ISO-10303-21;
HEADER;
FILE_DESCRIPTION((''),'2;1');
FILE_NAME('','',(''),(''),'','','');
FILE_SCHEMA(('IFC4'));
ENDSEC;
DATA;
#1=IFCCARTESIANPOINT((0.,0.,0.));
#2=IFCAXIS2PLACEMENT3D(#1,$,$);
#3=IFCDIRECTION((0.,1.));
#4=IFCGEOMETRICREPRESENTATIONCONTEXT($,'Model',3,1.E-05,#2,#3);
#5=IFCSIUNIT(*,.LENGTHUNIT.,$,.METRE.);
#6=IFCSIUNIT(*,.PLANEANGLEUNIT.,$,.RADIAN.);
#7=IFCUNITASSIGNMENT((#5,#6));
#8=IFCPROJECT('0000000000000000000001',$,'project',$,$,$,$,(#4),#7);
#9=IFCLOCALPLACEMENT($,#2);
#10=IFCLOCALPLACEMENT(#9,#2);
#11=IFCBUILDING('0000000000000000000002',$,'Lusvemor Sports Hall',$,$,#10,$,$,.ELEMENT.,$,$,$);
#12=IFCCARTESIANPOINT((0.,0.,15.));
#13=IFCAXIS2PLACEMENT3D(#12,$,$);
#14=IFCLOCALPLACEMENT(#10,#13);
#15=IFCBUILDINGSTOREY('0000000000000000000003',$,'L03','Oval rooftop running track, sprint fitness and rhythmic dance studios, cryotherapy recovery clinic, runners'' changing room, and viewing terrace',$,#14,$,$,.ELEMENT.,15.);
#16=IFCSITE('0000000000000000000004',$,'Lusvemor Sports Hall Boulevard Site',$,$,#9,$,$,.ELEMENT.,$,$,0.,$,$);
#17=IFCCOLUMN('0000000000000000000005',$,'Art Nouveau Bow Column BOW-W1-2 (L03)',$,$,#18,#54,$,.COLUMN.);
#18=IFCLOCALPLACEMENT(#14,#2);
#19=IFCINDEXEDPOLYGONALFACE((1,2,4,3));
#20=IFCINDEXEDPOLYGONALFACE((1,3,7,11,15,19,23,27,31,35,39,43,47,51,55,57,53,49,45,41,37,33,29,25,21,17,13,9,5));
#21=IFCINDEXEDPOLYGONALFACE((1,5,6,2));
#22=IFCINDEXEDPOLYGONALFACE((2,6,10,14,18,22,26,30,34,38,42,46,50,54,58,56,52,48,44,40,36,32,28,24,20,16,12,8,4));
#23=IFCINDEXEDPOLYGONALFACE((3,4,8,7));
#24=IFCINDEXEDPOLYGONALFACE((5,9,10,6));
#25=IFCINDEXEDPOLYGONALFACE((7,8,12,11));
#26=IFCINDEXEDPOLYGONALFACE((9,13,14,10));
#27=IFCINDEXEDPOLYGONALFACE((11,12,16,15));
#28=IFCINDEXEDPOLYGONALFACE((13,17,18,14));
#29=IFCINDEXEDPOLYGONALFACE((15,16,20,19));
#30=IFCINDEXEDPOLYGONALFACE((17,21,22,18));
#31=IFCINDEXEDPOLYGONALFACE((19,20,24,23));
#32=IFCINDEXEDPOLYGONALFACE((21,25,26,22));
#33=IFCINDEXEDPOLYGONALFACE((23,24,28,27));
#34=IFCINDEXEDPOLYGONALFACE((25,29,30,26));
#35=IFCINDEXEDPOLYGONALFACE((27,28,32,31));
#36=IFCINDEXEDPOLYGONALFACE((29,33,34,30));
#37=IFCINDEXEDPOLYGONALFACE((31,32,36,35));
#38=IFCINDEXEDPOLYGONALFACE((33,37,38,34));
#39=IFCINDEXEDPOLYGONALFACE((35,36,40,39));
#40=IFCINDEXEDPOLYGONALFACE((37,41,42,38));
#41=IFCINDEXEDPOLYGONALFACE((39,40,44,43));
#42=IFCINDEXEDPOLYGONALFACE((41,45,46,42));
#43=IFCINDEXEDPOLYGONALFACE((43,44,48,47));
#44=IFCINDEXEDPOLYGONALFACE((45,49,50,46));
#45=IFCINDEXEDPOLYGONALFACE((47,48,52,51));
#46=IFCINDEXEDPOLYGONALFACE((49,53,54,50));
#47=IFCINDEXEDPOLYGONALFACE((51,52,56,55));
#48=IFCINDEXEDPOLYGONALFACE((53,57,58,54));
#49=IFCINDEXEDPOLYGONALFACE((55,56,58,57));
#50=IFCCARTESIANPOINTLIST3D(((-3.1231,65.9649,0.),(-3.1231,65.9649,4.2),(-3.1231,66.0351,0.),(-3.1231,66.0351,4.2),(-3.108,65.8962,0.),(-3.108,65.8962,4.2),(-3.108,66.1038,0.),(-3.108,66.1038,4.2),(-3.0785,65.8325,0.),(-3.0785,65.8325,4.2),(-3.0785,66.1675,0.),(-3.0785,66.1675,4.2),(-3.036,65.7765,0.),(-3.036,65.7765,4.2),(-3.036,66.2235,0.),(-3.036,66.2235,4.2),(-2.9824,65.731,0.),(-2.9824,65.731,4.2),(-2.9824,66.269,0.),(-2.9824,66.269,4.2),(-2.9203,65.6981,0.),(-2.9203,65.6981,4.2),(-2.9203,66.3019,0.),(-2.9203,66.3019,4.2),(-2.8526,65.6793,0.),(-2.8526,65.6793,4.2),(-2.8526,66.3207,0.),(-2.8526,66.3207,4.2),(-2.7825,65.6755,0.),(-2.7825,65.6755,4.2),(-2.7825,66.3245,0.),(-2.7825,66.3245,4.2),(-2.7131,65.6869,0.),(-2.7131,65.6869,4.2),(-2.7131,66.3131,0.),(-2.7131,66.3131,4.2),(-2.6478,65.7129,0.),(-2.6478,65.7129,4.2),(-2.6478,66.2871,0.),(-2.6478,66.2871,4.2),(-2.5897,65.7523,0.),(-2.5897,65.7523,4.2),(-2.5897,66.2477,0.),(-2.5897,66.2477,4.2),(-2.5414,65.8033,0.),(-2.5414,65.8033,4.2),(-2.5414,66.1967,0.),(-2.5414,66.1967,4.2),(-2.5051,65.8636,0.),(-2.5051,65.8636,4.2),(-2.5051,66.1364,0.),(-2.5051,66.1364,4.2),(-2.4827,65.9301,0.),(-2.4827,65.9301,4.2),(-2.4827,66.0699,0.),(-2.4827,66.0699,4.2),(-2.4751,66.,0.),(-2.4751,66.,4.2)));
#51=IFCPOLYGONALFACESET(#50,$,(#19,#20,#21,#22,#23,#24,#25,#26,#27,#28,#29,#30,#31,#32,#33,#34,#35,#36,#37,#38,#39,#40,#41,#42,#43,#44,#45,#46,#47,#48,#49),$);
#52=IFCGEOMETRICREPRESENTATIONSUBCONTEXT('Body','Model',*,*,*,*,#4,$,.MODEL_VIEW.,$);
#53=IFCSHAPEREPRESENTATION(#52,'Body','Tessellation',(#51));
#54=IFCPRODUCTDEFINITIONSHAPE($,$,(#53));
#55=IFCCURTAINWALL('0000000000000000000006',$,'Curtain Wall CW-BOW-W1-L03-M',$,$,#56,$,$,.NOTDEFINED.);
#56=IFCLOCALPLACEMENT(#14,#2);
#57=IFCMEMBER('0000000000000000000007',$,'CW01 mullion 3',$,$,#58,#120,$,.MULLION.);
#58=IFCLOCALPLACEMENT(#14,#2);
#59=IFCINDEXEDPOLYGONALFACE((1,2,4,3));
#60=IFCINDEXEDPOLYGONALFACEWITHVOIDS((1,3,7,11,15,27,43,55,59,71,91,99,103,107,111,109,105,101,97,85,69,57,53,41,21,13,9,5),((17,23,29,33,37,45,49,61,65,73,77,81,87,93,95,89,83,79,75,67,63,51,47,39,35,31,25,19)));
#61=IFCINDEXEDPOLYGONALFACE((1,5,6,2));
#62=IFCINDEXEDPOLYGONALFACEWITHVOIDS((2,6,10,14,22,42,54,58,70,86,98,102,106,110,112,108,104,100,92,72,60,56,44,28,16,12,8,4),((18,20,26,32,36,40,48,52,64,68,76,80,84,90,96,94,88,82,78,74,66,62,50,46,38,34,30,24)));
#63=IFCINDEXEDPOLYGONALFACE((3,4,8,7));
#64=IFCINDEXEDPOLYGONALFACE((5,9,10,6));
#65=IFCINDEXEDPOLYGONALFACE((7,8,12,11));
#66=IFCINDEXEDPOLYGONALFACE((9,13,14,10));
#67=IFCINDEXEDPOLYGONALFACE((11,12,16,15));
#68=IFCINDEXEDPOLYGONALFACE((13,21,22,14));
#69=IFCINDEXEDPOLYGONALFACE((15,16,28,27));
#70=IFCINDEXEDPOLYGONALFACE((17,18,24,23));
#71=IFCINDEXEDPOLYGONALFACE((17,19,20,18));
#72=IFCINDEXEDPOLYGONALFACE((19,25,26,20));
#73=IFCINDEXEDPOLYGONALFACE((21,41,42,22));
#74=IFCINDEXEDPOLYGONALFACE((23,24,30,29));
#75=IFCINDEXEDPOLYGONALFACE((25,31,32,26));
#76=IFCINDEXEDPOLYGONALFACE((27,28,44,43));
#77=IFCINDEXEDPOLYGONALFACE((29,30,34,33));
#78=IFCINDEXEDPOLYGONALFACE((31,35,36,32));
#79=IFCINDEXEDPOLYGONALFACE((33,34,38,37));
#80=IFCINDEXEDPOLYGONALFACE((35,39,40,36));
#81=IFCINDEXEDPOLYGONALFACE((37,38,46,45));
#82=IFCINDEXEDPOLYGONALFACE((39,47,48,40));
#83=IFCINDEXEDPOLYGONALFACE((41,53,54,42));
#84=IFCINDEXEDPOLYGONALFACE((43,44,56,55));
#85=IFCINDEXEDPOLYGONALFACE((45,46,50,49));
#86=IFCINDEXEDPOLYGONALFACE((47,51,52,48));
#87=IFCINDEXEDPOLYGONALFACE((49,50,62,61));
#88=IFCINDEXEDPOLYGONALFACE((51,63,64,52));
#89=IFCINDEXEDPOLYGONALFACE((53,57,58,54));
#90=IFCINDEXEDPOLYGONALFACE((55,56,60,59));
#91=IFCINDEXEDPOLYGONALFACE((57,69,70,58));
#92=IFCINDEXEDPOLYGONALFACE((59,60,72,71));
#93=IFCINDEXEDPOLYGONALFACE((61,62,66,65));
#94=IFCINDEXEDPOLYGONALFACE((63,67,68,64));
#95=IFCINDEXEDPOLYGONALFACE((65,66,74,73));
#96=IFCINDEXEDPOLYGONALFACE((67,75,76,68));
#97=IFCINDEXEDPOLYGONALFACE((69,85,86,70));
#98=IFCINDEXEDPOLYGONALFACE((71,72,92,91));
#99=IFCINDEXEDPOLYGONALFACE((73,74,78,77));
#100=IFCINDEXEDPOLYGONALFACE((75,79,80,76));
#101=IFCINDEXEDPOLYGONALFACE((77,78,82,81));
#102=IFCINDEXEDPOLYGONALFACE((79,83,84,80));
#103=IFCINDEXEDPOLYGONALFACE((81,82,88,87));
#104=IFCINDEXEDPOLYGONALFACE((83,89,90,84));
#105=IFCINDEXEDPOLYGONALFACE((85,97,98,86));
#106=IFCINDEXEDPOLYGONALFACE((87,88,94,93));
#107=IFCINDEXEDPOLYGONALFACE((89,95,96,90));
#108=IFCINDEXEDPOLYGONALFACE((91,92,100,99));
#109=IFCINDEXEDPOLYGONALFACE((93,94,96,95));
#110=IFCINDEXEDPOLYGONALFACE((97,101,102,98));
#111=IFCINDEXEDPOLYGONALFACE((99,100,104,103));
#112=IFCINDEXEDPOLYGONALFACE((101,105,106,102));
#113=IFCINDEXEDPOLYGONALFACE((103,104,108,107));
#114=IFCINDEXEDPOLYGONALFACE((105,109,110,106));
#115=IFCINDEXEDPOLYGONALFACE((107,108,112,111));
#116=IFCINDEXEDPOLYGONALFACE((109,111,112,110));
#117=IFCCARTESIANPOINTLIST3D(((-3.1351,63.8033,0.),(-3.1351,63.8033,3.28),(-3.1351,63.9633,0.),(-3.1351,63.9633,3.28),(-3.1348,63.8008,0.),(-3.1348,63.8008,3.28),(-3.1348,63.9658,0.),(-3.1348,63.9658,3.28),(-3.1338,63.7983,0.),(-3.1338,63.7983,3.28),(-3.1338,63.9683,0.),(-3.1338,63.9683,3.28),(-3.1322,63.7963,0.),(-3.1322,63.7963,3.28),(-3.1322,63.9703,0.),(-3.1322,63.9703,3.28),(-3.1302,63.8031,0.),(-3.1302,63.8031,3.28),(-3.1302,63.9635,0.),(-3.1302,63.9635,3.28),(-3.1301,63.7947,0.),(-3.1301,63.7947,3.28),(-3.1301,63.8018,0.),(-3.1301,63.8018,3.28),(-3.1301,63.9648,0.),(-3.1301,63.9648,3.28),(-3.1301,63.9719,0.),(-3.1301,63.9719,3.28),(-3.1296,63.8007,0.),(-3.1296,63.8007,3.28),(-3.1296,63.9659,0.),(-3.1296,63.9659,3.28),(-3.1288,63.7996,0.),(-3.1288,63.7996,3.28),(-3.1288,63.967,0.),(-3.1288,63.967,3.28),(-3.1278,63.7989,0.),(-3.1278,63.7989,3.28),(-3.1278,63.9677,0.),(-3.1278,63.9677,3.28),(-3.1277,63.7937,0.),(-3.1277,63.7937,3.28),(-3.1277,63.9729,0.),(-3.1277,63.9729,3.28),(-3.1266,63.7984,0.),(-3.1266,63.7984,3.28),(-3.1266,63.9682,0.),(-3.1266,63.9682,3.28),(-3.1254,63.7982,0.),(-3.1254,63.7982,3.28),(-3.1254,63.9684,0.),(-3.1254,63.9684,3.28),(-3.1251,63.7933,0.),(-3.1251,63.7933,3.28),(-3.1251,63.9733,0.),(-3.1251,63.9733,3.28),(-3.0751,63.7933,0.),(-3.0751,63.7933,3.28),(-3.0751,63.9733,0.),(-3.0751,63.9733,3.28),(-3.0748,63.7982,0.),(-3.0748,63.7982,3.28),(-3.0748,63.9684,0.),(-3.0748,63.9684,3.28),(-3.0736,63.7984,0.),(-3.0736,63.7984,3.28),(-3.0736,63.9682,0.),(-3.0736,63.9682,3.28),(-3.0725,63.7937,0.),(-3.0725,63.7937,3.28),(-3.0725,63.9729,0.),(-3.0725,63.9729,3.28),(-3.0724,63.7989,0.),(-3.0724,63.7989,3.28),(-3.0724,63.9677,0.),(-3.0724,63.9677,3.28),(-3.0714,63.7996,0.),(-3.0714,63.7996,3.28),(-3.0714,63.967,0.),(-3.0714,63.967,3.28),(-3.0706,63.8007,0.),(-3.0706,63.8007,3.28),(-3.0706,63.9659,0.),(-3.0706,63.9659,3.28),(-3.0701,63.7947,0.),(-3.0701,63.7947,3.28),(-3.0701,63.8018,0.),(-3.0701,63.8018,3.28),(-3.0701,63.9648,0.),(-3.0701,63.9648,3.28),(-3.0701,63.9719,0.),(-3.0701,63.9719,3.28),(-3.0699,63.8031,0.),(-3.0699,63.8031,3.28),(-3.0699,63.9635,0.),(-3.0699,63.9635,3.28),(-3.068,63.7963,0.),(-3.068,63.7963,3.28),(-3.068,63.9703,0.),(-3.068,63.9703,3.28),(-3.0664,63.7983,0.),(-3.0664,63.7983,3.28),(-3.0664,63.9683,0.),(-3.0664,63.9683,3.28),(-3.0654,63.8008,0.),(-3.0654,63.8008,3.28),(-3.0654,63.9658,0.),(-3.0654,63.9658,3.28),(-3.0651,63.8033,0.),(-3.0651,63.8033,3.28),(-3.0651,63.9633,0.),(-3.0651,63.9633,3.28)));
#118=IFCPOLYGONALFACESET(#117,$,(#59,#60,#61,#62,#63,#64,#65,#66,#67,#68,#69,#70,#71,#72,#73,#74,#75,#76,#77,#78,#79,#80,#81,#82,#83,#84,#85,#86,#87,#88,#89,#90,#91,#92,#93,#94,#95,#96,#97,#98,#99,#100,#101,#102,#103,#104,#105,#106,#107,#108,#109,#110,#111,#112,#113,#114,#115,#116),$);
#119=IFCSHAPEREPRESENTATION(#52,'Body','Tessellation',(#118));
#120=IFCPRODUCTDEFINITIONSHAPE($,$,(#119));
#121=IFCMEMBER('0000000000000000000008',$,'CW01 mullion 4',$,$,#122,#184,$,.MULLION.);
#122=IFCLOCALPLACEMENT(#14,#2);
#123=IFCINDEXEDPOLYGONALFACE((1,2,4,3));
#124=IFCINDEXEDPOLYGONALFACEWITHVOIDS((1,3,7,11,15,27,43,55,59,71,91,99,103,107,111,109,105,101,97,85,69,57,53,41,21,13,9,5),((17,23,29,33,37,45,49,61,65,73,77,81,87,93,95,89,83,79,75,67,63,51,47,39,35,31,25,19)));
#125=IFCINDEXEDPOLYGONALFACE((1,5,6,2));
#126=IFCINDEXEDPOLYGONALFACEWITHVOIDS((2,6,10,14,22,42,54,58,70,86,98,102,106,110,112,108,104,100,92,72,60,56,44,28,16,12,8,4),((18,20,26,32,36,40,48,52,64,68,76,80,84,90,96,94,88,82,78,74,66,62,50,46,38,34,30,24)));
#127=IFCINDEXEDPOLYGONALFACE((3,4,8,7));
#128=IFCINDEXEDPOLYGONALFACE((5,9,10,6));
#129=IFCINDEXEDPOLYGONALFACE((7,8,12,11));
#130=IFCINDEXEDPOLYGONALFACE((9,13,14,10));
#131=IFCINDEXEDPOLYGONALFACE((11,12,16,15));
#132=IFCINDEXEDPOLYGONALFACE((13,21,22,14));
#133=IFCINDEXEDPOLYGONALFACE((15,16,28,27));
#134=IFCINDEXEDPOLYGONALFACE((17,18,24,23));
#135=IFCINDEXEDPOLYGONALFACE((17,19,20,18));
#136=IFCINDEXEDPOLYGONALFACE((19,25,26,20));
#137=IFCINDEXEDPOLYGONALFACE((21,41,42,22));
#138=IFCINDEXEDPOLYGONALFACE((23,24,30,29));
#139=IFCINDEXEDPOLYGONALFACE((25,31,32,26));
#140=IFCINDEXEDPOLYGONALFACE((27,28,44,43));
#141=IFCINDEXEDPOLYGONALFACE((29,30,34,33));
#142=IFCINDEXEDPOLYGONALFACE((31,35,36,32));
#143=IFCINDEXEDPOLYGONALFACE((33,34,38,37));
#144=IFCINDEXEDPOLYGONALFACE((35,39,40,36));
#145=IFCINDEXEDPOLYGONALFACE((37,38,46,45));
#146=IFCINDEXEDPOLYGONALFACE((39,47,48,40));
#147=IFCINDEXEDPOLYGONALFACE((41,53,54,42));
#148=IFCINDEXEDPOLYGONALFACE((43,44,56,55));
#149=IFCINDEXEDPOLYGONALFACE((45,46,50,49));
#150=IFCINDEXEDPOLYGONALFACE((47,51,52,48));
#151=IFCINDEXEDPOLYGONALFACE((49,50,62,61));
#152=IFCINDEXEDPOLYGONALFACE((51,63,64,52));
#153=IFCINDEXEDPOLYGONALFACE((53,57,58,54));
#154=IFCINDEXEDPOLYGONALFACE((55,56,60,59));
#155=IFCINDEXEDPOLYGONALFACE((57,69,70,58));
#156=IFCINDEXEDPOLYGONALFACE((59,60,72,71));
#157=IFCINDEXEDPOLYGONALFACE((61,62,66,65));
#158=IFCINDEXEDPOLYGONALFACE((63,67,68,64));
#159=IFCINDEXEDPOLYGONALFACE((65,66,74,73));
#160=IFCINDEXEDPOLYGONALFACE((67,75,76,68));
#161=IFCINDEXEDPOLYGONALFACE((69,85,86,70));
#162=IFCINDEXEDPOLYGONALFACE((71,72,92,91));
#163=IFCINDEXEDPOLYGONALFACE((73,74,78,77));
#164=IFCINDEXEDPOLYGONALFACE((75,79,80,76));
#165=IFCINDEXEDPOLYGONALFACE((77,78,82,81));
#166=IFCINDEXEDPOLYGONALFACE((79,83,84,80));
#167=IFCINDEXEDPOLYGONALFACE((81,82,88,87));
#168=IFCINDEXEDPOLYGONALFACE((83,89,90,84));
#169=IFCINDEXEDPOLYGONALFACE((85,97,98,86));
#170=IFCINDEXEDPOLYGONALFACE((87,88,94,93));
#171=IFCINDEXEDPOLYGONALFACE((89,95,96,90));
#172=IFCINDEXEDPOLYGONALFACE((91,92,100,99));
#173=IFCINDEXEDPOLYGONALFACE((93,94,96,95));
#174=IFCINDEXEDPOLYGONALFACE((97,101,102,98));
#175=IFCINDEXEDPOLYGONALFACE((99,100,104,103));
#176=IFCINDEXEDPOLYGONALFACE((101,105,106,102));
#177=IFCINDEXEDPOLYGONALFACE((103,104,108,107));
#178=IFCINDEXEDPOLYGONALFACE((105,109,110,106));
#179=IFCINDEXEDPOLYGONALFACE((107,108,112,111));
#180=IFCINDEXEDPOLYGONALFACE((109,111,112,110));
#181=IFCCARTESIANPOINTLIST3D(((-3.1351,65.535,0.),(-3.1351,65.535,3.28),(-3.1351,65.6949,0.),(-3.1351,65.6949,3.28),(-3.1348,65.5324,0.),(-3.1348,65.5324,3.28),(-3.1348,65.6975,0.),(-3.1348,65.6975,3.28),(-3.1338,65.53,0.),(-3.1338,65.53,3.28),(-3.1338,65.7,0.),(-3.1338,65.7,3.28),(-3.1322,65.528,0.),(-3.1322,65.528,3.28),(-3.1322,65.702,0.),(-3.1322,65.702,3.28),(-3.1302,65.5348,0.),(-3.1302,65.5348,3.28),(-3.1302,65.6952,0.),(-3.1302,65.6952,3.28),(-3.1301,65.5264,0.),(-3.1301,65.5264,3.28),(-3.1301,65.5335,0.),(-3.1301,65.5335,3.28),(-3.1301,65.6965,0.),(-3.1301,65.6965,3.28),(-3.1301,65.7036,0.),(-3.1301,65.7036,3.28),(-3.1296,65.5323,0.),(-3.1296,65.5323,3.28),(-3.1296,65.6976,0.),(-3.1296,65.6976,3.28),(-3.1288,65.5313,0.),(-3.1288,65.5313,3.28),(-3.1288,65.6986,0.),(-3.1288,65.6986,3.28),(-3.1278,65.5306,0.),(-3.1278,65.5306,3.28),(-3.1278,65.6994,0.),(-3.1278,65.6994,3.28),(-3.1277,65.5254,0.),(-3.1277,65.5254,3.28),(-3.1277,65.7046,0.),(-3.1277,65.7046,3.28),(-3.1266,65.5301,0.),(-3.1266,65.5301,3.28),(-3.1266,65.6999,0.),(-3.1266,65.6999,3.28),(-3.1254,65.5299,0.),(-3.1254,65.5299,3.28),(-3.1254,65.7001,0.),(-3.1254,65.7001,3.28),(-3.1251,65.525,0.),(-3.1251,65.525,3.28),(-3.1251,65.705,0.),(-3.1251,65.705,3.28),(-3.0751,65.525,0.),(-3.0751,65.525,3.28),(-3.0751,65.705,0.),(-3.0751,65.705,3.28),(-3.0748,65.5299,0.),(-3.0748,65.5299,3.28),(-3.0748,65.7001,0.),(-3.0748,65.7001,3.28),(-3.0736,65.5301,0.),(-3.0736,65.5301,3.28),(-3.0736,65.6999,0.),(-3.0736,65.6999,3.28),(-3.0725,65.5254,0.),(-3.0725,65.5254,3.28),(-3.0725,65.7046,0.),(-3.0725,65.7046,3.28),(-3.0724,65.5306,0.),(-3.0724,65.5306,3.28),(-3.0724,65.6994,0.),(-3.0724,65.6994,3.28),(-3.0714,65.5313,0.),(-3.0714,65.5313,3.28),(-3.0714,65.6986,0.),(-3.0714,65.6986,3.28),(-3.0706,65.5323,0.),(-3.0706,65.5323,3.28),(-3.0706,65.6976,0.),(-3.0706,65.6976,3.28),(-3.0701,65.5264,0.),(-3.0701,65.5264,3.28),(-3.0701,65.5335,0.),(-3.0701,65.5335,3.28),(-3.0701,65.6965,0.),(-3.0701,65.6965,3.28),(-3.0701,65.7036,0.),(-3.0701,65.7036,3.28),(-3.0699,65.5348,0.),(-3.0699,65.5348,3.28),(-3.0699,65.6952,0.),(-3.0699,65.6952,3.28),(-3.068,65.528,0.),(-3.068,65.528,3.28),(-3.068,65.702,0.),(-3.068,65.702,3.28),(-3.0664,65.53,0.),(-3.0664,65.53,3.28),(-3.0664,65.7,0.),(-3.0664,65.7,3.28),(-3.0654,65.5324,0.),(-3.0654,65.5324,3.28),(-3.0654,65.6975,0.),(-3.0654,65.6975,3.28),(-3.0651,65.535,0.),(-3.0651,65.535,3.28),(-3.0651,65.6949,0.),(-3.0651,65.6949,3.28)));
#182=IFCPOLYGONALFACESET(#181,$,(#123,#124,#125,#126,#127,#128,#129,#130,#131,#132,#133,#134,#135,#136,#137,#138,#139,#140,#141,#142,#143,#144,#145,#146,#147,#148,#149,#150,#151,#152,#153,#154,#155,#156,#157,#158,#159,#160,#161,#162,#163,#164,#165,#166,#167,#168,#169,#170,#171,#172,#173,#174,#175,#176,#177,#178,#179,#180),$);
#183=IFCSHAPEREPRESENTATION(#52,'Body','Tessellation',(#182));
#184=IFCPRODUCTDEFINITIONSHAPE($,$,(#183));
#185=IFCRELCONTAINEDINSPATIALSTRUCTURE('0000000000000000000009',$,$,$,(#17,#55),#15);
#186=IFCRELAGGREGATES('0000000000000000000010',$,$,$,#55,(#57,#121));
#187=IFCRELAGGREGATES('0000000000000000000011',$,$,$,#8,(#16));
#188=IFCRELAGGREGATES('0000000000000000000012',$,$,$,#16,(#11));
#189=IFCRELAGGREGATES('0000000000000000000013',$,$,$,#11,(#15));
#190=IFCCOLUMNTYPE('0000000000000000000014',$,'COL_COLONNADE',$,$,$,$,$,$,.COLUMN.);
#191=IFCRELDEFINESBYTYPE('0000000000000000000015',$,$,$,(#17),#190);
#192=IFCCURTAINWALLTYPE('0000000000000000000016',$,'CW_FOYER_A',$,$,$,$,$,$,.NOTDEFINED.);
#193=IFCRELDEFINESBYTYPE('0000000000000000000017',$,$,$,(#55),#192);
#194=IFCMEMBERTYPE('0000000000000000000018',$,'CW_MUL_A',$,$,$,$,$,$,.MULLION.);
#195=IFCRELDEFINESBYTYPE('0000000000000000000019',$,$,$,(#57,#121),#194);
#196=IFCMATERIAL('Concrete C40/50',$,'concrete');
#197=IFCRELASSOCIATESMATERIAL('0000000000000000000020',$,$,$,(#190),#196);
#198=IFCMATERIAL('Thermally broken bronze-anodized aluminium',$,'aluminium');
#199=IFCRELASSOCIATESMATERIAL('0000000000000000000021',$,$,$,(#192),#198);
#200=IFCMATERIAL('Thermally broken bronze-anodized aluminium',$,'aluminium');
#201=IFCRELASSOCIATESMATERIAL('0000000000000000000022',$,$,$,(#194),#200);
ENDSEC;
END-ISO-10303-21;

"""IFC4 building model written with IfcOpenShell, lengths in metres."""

from ifc_helpers import new_model, si_unit, direction, frame, origin, origin_2d, place, context, subcontext, project, spatial, hollow_rectangle, circle, extrude, material, material_profile, profile_set, type_object, element, aggregate, save


model = new_model("IFC4")

# Units and contexts
model_context = context("Model", 3, precision=1e-05, world=origin(), true_north=direction((0.0, 1.0)))
body_context = subcontext(model_context, "Body", "Model", "MODEL_VIEW")
ifc_project = project(units=[si_unit("LENGTHUNIT", "METRE"), si_unit("PLANEANGLEUNIT", "RADIAN")], contexts=[model_context])

# Site, building, storey
site_placement = place(None, origin())
site = spatial("IfcSite", under=ifc_project, at=site_placement, Name="Lusvemor Sports Hall Boulevard Site", CompositionType="ELEMENT", RefElevation=0.0)
building_placement = place(site_placement, origin())
building = spatial("IfcBuilding", under=site, at=building_placement, Name="Lusvemor Sports Hall", CompositionType="ELEMENT")
storey_placement = place(building_placement, frame((0.0, 0.0, 15.0)))
storey = spatial("IfcBuildingStorey", under=building, at=storey_placement, Name="L03", Description="Oval rooftop running track, sprint fitness and rhythmic dance studios, cryotherapy recovery clinic, runners' changing room, and viewing terrace", CompositionType="ELEMENT", Elevation=15.0)

# Column
ifc_material_1 = material(Name="Concrete C40/50", Category="concrete")
ifc_material_profile_1 = material_profile(ifc_material_1, circle(Radius=0.325, at=origin_2d()), Name="RCCIRC650")
ifc_profile_set_1 = profile_set([ifc_material_profile_1], Name="Concrete C40/50")
column_type = type_object("IfcColumnType", Name="COL_COLONNADE", PredefinedType="COLUMN", material=ifc_profile_set_1)
column_placement = place(storey_placement, frame((-2.8, 66.0, 0.0), z_axis=(0.0, 0.0, 1.0), x_axis=(1.0, 0.0, 0.0)))
element("IfcColumn", 1, at=column_placement, inside=storey, type_object=column_type, Name="Art Nouveau Bow Column BOW-W1-2 (L03)", PredefinedType="COLUMN", context=body_context, shape_type="SweptSolid", body=[
    extrude(circle(Radius=0.325, at=origin_2d()), origin(), (0.0, 0.0, 1.0), 4.2),
])

# Curtain wall, members
ifc_material_2 = material(Name="Thermally broken bronze-anodized aluminium", Category="aluminium")
curtain_wall_type_1 = type_object("IfcCurtainWallType", Name="CW_FOYER_A", PredefinedType="NOTDEFINED", material=ifc_material_2)
curtain_wall_1_placement = place(storey_placement, origin())
curtain_wall_1 = element("IfcCurtainWall", 2, at=curtain_wall_1_placement, inside=storey, type_object=curtain_wall_type_1, Name="Curtain Wall CW-BOW-W1-L03-M", PredefinedType="NOTDEFINED")
ifc_material_3 = material(Name="Thermally broken bronze-anodized aluminium", Category="aluminium")
ifc_material_profile_2 = material_profile(ifc_material_3, hollow_rectangle(XDim=0.0701, YDim=0.1799, WallThickness=0.0049, InnerFilletRadius=0.0049, OuterFilletRadius=0.01, at=origin_2d()), Name="CWMUL180x70x5")
ifc_profile_set_2 = profile_set([ifc_material_profile_2], Name="Thermally broken bronze-anodized aluminium")
member_type_1 = type_object("IfcMemberType", Name="CW_MUL_A", PredefinedType="MULLION", material=ifc_profile_set_2)
member_1_placement = place(storey_placement, frame((-3.1001, 63.8833, 0.0), z_axis=(0.0, 0.0, 1.0), x_axis=(-1.0, 0.0, 0.0)))
member_1 = element("IfcMember", 3, at=member_1_placement, type_object=member_type_1, Name="CW01 mullion 3", PredefinedType="MULLION", context=body_context, shape_type="SweptSolid", body=[
    extrude(hollow_rectangle(XDim=0.0701, YDim=0.1799, WallThickness=0.0049, InnerFilletRadius=0.0049, OuterFilletRadius=0.01, at=origin_2d()), origin(), (0.0, 0.0, 1.0), 3.28),
])
member_2_placement = place(storey_placement, frame((-3.1001, 65.615, 0.0), z_axis=(0.0, 0.0, 1.0), x_axis=(-1.0, 0.0, 0.0)))
member_2 = element("IfcMember", 4, at=member_2_placement, type_object=member_type_1, Name="CW01 mullion 4", PredefinedType="MULLION", context=body_context, shape_type="SweptSolid", body=[
    extrude(hollow_rectangle(XDim=0.0701, YDim=0.1799, WallThickness=0.0049, InnerFilletRadius=0.0049, OuterFilletRadius=0.01, at=origin_2d()), origin(), (0.0, 0.0, 1.0), 3.28),
])

aggregate(curtain_wall_1, [member_1, member_2])

save(model, "model.ifc")
